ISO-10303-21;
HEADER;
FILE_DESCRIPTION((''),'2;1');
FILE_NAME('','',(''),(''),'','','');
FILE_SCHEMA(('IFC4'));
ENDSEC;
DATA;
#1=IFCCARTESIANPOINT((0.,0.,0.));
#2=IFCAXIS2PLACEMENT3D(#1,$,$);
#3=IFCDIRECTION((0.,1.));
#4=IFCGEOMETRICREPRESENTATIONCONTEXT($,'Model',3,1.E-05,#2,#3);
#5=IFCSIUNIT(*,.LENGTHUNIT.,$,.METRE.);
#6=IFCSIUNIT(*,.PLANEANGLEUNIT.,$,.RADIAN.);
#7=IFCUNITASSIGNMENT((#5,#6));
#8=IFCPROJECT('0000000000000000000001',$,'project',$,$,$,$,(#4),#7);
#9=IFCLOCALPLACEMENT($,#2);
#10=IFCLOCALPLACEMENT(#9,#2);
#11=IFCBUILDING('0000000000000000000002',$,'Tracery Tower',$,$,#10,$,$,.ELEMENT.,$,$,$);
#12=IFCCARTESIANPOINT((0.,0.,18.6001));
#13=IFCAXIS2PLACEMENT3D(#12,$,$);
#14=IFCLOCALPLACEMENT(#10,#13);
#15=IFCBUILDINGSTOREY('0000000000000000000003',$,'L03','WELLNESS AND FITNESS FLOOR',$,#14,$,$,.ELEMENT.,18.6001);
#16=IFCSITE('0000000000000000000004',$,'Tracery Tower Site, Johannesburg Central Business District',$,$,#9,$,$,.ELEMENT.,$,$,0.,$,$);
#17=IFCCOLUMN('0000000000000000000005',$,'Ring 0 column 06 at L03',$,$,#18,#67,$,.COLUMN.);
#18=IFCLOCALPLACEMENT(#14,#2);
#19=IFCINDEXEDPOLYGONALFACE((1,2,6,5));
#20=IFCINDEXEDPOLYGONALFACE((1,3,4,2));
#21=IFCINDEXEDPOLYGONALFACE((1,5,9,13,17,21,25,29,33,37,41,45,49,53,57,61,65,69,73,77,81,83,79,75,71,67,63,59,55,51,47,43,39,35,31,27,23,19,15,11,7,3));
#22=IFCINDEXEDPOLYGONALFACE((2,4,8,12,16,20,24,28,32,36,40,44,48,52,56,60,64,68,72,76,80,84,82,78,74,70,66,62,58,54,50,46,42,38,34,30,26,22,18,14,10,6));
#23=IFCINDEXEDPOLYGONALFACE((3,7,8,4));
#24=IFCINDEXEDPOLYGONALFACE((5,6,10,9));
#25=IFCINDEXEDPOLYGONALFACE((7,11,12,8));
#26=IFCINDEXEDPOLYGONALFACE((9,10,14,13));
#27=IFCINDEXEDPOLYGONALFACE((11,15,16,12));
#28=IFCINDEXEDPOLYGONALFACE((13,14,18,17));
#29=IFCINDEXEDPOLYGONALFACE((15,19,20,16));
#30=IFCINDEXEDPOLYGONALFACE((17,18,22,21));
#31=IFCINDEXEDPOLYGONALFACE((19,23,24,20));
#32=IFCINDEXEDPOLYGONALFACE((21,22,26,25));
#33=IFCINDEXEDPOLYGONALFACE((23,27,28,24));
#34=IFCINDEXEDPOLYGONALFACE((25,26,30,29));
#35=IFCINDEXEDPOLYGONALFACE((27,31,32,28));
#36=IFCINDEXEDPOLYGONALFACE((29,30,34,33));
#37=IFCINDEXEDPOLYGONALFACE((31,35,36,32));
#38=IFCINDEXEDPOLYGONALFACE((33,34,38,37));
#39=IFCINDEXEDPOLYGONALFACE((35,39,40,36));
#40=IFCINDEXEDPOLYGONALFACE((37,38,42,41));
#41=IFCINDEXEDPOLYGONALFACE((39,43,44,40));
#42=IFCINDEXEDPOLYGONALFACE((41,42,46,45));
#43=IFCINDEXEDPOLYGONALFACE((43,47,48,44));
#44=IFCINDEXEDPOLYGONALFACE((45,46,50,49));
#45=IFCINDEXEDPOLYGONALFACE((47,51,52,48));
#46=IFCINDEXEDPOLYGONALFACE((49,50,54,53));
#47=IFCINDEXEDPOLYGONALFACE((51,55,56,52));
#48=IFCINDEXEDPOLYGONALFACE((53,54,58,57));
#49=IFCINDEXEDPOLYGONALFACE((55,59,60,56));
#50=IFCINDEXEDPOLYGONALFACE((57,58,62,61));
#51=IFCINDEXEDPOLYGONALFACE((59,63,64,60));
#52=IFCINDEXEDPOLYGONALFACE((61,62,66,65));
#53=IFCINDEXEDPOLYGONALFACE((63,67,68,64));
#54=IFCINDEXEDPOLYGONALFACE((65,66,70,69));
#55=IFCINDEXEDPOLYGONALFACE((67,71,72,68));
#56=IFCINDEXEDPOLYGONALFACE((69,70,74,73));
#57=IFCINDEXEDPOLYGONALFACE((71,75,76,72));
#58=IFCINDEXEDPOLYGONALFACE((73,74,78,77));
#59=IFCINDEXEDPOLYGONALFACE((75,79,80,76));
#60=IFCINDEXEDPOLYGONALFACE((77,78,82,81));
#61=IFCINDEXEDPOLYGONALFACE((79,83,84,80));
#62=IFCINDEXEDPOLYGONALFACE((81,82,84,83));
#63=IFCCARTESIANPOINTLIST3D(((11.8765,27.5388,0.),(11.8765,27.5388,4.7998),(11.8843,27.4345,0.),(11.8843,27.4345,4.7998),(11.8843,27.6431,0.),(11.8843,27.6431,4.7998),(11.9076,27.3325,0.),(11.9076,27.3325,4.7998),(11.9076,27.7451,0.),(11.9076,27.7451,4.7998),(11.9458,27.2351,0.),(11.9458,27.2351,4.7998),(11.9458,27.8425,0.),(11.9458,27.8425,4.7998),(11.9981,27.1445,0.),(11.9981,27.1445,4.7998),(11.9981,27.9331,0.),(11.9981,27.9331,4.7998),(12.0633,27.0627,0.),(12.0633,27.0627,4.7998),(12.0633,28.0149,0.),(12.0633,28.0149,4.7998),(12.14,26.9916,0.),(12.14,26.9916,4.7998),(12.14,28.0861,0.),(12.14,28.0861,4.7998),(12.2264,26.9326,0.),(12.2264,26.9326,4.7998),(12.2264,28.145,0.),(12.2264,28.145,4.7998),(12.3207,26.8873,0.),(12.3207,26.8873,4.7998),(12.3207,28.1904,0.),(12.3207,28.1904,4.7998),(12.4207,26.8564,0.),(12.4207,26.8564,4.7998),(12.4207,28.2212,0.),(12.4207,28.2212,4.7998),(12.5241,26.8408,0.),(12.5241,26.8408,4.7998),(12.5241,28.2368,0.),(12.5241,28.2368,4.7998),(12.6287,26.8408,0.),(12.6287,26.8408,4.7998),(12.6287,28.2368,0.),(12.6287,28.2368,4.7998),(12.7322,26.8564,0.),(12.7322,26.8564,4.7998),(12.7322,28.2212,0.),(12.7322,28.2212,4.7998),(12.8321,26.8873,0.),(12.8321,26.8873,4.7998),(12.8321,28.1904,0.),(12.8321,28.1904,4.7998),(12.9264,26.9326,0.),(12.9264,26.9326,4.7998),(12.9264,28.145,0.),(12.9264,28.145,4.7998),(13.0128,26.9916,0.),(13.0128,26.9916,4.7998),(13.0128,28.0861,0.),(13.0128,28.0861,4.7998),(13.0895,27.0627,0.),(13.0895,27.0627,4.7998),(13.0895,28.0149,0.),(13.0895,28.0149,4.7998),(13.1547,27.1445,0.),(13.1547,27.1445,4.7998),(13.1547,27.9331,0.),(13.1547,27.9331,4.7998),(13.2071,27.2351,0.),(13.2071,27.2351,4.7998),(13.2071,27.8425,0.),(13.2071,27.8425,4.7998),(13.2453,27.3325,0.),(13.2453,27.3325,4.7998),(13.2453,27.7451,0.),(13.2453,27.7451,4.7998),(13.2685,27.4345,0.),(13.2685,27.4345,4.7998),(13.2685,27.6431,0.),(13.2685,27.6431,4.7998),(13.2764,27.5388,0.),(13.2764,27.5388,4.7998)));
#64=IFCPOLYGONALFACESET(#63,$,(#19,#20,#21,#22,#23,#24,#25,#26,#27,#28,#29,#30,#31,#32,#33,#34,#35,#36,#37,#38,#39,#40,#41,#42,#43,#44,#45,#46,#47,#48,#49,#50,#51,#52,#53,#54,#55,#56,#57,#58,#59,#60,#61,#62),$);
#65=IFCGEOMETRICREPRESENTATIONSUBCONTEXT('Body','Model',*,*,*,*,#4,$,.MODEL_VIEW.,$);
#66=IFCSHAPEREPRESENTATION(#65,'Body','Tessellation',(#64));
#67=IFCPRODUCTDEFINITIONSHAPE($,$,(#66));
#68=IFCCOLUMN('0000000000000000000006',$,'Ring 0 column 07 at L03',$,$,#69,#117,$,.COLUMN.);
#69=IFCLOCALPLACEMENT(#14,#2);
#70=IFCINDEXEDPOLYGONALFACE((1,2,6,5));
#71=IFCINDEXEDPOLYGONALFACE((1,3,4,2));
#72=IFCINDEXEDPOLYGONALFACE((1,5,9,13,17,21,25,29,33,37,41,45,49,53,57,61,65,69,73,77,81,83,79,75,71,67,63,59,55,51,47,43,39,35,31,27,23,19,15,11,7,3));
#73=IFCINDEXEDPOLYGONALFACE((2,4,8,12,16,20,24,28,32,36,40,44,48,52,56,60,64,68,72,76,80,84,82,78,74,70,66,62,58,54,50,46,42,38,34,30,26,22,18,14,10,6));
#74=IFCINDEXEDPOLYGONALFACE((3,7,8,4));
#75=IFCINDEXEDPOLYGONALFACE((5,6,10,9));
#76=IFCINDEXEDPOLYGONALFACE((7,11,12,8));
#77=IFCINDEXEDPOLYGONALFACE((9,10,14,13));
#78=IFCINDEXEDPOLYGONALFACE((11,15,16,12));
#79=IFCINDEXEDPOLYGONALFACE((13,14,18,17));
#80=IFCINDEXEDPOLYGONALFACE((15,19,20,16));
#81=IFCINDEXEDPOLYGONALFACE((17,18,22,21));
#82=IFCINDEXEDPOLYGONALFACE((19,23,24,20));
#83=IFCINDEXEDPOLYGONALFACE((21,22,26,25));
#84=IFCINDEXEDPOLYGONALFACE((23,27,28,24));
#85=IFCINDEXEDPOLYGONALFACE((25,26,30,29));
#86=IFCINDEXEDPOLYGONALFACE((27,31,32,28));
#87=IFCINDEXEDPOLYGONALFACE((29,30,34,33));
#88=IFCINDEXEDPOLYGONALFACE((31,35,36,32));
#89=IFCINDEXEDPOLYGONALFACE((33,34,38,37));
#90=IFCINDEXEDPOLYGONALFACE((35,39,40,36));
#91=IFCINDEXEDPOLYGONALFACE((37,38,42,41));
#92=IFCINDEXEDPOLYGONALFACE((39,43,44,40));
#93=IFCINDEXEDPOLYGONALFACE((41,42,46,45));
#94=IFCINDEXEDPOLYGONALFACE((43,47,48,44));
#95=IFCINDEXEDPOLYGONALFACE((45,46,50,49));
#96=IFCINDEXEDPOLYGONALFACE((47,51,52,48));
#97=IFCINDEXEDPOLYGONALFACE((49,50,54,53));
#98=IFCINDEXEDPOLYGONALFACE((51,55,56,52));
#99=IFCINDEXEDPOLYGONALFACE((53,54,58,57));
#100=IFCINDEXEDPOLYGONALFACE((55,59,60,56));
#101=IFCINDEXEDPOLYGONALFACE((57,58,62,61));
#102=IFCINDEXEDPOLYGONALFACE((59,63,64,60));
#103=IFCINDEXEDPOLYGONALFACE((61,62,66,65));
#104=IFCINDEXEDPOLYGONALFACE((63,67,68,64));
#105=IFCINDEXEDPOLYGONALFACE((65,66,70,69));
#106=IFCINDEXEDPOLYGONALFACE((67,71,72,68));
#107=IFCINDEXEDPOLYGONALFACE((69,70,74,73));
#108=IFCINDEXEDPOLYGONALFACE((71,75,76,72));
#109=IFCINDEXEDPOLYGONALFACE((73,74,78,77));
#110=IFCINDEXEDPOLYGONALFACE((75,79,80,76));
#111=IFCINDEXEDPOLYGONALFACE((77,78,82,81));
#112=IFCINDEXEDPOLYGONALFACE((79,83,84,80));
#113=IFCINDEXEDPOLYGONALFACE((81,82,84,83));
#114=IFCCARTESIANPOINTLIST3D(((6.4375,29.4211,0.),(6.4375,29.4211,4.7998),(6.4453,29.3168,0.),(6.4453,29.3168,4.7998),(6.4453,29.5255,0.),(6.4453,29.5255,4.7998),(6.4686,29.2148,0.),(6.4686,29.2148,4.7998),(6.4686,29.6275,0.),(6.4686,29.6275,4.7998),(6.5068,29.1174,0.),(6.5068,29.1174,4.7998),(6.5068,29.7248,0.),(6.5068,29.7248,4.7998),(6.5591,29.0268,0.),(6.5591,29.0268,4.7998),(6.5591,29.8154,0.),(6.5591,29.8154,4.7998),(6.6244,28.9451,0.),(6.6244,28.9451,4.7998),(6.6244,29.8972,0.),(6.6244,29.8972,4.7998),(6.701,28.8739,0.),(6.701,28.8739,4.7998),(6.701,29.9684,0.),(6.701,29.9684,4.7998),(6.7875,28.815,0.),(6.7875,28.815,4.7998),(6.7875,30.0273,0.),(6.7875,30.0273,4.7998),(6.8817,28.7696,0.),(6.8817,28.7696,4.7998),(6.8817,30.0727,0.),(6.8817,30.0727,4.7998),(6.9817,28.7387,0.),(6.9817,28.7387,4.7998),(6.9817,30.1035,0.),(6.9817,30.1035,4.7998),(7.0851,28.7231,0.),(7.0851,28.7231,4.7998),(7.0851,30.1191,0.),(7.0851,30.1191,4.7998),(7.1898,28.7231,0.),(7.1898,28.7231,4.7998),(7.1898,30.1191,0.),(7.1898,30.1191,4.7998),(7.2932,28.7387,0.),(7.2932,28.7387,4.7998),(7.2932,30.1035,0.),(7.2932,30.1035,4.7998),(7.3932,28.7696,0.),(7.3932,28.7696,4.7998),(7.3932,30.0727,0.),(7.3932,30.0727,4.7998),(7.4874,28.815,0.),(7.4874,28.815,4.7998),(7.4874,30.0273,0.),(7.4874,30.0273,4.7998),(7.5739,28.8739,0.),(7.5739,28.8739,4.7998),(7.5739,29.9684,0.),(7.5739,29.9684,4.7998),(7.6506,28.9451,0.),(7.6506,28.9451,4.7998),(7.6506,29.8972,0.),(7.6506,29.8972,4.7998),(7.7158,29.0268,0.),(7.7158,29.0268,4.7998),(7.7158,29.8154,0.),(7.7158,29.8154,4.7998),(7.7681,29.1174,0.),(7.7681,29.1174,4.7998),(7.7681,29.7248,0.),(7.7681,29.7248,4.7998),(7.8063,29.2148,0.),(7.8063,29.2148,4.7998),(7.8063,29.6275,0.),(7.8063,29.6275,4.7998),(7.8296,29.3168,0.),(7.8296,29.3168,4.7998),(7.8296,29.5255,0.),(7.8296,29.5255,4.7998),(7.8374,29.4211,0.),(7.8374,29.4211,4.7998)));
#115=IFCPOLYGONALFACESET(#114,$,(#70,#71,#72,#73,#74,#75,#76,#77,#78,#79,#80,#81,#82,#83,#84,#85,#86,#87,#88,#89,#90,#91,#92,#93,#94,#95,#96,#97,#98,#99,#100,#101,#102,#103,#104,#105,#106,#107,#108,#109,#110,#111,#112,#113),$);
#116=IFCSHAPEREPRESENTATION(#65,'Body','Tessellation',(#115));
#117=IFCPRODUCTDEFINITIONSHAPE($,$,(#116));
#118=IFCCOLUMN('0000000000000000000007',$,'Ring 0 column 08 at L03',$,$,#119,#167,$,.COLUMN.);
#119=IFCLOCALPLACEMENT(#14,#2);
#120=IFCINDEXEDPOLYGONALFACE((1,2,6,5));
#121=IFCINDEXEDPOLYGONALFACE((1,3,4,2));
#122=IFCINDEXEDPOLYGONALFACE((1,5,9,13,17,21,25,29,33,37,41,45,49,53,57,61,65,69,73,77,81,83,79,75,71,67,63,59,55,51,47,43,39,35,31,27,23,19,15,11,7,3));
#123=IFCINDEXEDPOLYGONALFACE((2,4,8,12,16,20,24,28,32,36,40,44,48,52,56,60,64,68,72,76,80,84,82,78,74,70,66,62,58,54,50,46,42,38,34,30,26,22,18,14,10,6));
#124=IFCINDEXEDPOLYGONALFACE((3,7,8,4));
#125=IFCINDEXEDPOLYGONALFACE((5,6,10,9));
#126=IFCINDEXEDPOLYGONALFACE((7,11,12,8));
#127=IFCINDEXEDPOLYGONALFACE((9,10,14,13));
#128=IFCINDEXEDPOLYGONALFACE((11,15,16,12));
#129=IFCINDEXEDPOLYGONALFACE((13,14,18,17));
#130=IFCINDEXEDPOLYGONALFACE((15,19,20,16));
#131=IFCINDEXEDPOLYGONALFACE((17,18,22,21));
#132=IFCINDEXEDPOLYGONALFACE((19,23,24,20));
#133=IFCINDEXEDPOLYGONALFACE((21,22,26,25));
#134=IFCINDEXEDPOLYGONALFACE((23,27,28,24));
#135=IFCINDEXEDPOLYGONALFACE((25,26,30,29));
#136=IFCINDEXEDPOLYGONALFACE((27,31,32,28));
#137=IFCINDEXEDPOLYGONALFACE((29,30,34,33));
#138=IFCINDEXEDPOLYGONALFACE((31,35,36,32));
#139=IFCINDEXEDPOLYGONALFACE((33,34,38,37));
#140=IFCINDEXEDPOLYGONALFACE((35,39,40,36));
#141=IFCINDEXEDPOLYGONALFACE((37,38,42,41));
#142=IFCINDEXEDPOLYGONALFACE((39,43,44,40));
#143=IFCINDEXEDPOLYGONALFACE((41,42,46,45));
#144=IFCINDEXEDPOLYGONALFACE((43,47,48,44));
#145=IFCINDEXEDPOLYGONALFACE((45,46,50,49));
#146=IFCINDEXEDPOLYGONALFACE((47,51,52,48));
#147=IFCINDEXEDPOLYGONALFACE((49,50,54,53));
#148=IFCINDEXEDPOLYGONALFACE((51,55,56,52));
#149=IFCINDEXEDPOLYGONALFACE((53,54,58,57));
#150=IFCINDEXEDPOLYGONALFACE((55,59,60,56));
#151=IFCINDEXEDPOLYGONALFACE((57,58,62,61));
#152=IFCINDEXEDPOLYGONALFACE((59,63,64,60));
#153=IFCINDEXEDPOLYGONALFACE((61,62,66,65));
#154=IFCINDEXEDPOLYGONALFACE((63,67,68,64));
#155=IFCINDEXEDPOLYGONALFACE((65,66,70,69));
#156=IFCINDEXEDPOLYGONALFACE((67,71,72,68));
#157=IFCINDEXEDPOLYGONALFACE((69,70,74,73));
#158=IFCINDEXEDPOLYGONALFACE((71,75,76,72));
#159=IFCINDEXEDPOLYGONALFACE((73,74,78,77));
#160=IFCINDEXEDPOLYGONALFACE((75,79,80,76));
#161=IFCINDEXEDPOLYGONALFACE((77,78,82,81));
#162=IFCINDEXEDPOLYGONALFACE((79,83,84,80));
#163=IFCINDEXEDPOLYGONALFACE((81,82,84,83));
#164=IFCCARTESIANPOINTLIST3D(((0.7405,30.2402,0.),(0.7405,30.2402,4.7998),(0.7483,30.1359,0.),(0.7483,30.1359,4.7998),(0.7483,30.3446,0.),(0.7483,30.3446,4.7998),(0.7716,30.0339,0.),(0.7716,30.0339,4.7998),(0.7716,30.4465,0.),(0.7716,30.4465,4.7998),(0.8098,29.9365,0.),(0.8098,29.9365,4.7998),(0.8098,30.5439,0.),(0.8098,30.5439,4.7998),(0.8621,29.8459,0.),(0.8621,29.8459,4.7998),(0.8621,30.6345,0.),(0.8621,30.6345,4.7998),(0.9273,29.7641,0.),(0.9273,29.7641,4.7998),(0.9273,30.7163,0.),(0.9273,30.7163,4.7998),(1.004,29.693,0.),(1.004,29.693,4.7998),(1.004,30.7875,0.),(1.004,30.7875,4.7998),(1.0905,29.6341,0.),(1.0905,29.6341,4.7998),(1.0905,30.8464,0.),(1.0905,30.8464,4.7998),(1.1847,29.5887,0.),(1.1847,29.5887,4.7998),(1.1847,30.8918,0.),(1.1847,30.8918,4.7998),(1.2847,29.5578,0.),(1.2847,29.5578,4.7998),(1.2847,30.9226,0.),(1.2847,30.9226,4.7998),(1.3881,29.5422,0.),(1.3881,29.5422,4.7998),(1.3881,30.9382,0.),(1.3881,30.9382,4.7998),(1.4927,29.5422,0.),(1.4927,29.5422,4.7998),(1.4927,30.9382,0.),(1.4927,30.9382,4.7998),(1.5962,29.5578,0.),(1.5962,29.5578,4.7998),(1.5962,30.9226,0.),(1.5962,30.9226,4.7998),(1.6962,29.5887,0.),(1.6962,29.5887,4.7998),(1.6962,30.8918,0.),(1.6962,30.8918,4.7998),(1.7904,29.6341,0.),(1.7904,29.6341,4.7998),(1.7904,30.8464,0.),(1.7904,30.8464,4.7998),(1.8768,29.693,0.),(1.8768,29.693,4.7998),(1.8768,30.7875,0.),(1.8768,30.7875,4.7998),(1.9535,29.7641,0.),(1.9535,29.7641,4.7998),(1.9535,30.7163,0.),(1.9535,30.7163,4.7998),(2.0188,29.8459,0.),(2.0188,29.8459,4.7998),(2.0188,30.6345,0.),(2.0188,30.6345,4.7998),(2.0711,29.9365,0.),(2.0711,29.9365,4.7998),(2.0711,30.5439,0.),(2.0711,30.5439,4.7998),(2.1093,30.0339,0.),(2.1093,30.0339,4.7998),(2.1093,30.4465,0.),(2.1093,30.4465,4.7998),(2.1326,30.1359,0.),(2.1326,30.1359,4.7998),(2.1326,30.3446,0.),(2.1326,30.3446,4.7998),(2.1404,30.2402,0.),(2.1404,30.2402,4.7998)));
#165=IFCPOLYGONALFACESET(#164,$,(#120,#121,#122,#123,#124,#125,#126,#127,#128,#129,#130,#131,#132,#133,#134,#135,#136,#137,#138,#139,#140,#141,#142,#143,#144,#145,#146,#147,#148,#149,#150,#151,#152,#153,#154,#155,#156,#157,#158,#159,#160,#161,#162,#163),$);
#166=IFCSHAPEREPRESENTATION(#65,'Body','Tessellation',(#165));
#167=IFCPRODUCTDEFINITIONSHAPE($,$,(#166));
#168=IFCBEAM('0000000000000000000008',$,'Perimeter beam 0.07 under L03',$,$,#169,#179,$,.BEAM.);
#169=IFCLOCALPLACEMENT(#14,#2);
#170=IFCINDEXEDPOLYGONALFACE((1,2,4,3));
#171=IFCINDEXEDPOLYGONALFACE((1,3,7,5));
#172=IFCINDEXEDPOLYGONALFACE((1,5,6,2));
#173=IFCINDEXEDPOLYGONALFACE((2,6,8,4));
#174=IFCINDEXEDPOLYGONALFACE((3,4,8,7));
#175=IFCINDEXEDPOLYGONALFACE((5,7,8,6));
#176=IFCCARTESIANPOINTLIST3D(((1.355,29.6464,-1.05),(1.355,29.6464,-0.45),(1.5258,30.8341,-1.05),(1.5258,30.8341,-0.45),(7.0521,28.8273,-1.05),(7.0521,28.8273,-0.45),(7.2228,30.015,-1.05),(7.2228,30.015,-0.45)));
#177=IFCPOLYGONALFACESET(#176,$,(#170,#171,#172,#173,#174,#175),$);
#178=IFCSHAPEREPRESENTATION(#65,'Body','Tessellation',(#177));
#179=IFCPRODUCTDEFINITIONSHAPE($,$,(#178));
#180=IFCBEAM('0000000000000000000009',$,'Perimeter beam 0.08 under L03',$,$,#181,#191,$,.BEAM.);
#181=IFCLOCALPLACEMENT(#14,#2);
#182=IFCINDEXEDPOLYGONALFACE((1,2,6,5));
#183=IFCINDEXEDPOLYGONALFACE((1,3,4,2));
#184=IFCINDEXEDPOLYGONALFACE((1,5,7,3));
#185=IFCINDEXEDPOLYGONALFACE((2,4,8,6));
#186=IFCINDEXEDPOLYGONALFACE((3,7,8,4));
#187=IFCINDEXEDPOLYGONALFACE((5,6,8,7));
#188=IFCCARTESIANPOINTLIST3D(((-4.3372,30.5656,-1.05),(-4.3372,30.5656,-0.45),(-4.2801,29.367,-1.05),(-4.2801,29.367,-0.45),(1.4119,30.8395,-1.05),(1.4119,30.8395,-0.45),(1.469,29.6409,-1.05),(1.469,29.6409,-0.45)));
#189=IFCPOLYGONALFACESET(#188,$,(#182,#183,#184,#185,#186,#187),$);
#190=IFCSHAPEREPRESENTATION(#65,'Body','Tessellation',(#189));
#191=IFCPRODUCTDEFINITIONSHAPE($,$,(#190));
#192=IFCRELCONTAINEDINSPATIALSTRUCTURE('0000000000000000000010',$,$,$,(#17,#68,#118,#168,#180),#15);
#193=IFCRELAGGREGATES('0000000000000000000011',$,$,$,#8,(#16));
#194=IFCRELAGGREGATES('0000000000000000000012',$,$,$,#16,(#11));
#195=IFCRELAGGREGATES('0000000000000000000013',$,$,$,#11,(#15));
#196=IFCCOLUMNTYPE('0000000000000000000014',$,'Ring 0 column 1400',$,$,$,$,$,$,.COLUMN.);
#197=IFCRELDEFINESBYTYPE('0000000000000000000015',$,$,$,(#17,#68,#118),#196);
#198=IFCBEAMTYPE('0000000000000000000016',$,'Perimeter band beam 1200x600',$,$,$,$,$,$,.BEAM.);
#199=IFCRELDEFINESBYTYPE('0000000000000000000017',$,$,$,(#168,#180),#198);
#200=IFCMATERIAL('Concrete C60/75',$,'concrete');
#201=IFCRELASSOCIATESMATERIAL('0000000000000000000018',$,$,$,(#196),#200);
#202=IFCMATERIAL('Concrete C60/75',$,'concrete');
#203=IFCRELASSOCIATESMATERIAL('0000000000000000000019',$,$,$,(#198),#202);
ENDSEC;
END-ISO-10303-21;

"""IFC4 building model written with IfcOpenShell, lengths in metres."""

from ifc_helpers import new_model, si_unit, direction, frame, origin, origin_2d, place, context, subcontext, project, spatial, rectangle, circle, extrude, material, material_profile, profile_set, type_object, element, save


model = new_model("IFC4")

# Units and contexts
model_context = context("Model", 3, precision=1e-05, world=origin(), true_north=direction((0.0, 1.0)))
body_context = subcontext(model_context, "Body", "Model", "MODEL_VIEW")
ifc_project = project(units=[si_unit("LENGTHUNIT", "METRE"), si_unit("PLANEANGLEUNIT", "RADIAN")], contexts=[model_context])

# Site, building, storey
site_placement = place(None, origin())
site = spatial("IfcSite", under=ifc_project, at=site_placement, Name="Tracery Tower Site, Johannesburg Central Business District", CompositionType="ELEMENT", RefElevation=0.0)
building_placement = place(site_placement, origin())
building = spatial("IfcBuilding", under=site, at=building_placement, Name="Tracery Tower", CompositionType="ELEMENT")
storey_placement = place(building_placement, frame((0.0, 0.0, 18.6001)))
storey = spatial("IfcBuildingStorey", under=building, at=storey_placement, Name="L03", Description="WELLNESS AND FITNESS FLOOR", CompositionType="ELEMENT", Elevation=18.6001)

# Columns
ifc_material_1 = material(Name="Concrete C60/75", Category="concrete")
ifc_material_profile_1 = material_profile(ifc_material_1, circle(Radius=0.7, at=origin_2d()), Name="RC D1400")
ifc_profile_set_1 = profile_set([ifc_material_profile_1], Name="Concrete C60/75")
column_type = type_object("IfcColumnType", Name="Ring 0 column 1400", PredefinedType="COLUMN", material=ifc_profile_set_1)
for number, where, z_axis, x_axis, name in (
    (1, (12.5764, 27.5388, 0.0), (0.0, 0.0, 1.0), (1.0, 0.0, 0.0), "Ring 0 column 06 at L03"),
    (2, (7.1375, 29.4211, 0.0), (0.0, 0.0, 1.0), (1.0, 0.0, 0.0), "Ring 0 column 07 at L03"),
    (3, (1.4404, 30.2402, 0.0), (0.0, 0.0, 1.0), (1.0, 0.0, 0.0), "Ring 0 column 08 at L03"),
):
    element("IfcColumn", number, at=place(storey_placement, frame(where, z_axis=z_axis, x_axis=x_axis)), inside=storey, type_object=column_type, Name=name, PredefinedType="COLUMN", context=body_context, shape_type="SweptSolid", body=[
        extrude(circle(Radius=0.7, at=origin_2d()), origin(), (0.0, 0.0, 1.0), 4.7998),
    ])

# Beams
ifc_material_2 = material(Name="Concrete C60/75", Category="concrete")
ifc_material_profile_2 = material_profile(ifc_material_2, rectangle(XDim=1.2, YDim=0.6001, at=origin_2d()), Name="RC 1200x600")
ifc_profile_set_2 = profile_set([ifc_material_profile_2], Name="Concrete C60/75")
beam_type = type_object("IfcBeamType", Name="Perimeter band beam 1200x600", PredefinedType="BEAM", material=ifc_profile_set_2)
for number, where, z_axis, x_axis, name in (
    (4, (7.1375, 29.4211, -0.75), (-0.989822, 0.142312, 0.0), (-0.142312, -0.989822, 0.0), "Perimeter beam 0.07 under L03"),
    (5, (1.4404, 30.2402, -0.75), (-0.998867, -0.047593, 0.0), (0.047593, -0.998867, 0.0), "Perimeter beam 0.08 under L03"),
):
    element("IfcBeam", number, at=place(storey_placement, frame(where, z_axis=z_axis, x_axis=x_axis)), inside=storey, type_object=beam_type, Name=name, PredefinedType="BEAM", context=body_context, shape_type="SweptSolid", body=[
        extrude(rectangle(XDim=1.2, YDim=0.6001, at=origin_2d()), origin(), (0.0, 0.0, 1.0), 5.7556),
    ])

save(model, "model.ifc")
